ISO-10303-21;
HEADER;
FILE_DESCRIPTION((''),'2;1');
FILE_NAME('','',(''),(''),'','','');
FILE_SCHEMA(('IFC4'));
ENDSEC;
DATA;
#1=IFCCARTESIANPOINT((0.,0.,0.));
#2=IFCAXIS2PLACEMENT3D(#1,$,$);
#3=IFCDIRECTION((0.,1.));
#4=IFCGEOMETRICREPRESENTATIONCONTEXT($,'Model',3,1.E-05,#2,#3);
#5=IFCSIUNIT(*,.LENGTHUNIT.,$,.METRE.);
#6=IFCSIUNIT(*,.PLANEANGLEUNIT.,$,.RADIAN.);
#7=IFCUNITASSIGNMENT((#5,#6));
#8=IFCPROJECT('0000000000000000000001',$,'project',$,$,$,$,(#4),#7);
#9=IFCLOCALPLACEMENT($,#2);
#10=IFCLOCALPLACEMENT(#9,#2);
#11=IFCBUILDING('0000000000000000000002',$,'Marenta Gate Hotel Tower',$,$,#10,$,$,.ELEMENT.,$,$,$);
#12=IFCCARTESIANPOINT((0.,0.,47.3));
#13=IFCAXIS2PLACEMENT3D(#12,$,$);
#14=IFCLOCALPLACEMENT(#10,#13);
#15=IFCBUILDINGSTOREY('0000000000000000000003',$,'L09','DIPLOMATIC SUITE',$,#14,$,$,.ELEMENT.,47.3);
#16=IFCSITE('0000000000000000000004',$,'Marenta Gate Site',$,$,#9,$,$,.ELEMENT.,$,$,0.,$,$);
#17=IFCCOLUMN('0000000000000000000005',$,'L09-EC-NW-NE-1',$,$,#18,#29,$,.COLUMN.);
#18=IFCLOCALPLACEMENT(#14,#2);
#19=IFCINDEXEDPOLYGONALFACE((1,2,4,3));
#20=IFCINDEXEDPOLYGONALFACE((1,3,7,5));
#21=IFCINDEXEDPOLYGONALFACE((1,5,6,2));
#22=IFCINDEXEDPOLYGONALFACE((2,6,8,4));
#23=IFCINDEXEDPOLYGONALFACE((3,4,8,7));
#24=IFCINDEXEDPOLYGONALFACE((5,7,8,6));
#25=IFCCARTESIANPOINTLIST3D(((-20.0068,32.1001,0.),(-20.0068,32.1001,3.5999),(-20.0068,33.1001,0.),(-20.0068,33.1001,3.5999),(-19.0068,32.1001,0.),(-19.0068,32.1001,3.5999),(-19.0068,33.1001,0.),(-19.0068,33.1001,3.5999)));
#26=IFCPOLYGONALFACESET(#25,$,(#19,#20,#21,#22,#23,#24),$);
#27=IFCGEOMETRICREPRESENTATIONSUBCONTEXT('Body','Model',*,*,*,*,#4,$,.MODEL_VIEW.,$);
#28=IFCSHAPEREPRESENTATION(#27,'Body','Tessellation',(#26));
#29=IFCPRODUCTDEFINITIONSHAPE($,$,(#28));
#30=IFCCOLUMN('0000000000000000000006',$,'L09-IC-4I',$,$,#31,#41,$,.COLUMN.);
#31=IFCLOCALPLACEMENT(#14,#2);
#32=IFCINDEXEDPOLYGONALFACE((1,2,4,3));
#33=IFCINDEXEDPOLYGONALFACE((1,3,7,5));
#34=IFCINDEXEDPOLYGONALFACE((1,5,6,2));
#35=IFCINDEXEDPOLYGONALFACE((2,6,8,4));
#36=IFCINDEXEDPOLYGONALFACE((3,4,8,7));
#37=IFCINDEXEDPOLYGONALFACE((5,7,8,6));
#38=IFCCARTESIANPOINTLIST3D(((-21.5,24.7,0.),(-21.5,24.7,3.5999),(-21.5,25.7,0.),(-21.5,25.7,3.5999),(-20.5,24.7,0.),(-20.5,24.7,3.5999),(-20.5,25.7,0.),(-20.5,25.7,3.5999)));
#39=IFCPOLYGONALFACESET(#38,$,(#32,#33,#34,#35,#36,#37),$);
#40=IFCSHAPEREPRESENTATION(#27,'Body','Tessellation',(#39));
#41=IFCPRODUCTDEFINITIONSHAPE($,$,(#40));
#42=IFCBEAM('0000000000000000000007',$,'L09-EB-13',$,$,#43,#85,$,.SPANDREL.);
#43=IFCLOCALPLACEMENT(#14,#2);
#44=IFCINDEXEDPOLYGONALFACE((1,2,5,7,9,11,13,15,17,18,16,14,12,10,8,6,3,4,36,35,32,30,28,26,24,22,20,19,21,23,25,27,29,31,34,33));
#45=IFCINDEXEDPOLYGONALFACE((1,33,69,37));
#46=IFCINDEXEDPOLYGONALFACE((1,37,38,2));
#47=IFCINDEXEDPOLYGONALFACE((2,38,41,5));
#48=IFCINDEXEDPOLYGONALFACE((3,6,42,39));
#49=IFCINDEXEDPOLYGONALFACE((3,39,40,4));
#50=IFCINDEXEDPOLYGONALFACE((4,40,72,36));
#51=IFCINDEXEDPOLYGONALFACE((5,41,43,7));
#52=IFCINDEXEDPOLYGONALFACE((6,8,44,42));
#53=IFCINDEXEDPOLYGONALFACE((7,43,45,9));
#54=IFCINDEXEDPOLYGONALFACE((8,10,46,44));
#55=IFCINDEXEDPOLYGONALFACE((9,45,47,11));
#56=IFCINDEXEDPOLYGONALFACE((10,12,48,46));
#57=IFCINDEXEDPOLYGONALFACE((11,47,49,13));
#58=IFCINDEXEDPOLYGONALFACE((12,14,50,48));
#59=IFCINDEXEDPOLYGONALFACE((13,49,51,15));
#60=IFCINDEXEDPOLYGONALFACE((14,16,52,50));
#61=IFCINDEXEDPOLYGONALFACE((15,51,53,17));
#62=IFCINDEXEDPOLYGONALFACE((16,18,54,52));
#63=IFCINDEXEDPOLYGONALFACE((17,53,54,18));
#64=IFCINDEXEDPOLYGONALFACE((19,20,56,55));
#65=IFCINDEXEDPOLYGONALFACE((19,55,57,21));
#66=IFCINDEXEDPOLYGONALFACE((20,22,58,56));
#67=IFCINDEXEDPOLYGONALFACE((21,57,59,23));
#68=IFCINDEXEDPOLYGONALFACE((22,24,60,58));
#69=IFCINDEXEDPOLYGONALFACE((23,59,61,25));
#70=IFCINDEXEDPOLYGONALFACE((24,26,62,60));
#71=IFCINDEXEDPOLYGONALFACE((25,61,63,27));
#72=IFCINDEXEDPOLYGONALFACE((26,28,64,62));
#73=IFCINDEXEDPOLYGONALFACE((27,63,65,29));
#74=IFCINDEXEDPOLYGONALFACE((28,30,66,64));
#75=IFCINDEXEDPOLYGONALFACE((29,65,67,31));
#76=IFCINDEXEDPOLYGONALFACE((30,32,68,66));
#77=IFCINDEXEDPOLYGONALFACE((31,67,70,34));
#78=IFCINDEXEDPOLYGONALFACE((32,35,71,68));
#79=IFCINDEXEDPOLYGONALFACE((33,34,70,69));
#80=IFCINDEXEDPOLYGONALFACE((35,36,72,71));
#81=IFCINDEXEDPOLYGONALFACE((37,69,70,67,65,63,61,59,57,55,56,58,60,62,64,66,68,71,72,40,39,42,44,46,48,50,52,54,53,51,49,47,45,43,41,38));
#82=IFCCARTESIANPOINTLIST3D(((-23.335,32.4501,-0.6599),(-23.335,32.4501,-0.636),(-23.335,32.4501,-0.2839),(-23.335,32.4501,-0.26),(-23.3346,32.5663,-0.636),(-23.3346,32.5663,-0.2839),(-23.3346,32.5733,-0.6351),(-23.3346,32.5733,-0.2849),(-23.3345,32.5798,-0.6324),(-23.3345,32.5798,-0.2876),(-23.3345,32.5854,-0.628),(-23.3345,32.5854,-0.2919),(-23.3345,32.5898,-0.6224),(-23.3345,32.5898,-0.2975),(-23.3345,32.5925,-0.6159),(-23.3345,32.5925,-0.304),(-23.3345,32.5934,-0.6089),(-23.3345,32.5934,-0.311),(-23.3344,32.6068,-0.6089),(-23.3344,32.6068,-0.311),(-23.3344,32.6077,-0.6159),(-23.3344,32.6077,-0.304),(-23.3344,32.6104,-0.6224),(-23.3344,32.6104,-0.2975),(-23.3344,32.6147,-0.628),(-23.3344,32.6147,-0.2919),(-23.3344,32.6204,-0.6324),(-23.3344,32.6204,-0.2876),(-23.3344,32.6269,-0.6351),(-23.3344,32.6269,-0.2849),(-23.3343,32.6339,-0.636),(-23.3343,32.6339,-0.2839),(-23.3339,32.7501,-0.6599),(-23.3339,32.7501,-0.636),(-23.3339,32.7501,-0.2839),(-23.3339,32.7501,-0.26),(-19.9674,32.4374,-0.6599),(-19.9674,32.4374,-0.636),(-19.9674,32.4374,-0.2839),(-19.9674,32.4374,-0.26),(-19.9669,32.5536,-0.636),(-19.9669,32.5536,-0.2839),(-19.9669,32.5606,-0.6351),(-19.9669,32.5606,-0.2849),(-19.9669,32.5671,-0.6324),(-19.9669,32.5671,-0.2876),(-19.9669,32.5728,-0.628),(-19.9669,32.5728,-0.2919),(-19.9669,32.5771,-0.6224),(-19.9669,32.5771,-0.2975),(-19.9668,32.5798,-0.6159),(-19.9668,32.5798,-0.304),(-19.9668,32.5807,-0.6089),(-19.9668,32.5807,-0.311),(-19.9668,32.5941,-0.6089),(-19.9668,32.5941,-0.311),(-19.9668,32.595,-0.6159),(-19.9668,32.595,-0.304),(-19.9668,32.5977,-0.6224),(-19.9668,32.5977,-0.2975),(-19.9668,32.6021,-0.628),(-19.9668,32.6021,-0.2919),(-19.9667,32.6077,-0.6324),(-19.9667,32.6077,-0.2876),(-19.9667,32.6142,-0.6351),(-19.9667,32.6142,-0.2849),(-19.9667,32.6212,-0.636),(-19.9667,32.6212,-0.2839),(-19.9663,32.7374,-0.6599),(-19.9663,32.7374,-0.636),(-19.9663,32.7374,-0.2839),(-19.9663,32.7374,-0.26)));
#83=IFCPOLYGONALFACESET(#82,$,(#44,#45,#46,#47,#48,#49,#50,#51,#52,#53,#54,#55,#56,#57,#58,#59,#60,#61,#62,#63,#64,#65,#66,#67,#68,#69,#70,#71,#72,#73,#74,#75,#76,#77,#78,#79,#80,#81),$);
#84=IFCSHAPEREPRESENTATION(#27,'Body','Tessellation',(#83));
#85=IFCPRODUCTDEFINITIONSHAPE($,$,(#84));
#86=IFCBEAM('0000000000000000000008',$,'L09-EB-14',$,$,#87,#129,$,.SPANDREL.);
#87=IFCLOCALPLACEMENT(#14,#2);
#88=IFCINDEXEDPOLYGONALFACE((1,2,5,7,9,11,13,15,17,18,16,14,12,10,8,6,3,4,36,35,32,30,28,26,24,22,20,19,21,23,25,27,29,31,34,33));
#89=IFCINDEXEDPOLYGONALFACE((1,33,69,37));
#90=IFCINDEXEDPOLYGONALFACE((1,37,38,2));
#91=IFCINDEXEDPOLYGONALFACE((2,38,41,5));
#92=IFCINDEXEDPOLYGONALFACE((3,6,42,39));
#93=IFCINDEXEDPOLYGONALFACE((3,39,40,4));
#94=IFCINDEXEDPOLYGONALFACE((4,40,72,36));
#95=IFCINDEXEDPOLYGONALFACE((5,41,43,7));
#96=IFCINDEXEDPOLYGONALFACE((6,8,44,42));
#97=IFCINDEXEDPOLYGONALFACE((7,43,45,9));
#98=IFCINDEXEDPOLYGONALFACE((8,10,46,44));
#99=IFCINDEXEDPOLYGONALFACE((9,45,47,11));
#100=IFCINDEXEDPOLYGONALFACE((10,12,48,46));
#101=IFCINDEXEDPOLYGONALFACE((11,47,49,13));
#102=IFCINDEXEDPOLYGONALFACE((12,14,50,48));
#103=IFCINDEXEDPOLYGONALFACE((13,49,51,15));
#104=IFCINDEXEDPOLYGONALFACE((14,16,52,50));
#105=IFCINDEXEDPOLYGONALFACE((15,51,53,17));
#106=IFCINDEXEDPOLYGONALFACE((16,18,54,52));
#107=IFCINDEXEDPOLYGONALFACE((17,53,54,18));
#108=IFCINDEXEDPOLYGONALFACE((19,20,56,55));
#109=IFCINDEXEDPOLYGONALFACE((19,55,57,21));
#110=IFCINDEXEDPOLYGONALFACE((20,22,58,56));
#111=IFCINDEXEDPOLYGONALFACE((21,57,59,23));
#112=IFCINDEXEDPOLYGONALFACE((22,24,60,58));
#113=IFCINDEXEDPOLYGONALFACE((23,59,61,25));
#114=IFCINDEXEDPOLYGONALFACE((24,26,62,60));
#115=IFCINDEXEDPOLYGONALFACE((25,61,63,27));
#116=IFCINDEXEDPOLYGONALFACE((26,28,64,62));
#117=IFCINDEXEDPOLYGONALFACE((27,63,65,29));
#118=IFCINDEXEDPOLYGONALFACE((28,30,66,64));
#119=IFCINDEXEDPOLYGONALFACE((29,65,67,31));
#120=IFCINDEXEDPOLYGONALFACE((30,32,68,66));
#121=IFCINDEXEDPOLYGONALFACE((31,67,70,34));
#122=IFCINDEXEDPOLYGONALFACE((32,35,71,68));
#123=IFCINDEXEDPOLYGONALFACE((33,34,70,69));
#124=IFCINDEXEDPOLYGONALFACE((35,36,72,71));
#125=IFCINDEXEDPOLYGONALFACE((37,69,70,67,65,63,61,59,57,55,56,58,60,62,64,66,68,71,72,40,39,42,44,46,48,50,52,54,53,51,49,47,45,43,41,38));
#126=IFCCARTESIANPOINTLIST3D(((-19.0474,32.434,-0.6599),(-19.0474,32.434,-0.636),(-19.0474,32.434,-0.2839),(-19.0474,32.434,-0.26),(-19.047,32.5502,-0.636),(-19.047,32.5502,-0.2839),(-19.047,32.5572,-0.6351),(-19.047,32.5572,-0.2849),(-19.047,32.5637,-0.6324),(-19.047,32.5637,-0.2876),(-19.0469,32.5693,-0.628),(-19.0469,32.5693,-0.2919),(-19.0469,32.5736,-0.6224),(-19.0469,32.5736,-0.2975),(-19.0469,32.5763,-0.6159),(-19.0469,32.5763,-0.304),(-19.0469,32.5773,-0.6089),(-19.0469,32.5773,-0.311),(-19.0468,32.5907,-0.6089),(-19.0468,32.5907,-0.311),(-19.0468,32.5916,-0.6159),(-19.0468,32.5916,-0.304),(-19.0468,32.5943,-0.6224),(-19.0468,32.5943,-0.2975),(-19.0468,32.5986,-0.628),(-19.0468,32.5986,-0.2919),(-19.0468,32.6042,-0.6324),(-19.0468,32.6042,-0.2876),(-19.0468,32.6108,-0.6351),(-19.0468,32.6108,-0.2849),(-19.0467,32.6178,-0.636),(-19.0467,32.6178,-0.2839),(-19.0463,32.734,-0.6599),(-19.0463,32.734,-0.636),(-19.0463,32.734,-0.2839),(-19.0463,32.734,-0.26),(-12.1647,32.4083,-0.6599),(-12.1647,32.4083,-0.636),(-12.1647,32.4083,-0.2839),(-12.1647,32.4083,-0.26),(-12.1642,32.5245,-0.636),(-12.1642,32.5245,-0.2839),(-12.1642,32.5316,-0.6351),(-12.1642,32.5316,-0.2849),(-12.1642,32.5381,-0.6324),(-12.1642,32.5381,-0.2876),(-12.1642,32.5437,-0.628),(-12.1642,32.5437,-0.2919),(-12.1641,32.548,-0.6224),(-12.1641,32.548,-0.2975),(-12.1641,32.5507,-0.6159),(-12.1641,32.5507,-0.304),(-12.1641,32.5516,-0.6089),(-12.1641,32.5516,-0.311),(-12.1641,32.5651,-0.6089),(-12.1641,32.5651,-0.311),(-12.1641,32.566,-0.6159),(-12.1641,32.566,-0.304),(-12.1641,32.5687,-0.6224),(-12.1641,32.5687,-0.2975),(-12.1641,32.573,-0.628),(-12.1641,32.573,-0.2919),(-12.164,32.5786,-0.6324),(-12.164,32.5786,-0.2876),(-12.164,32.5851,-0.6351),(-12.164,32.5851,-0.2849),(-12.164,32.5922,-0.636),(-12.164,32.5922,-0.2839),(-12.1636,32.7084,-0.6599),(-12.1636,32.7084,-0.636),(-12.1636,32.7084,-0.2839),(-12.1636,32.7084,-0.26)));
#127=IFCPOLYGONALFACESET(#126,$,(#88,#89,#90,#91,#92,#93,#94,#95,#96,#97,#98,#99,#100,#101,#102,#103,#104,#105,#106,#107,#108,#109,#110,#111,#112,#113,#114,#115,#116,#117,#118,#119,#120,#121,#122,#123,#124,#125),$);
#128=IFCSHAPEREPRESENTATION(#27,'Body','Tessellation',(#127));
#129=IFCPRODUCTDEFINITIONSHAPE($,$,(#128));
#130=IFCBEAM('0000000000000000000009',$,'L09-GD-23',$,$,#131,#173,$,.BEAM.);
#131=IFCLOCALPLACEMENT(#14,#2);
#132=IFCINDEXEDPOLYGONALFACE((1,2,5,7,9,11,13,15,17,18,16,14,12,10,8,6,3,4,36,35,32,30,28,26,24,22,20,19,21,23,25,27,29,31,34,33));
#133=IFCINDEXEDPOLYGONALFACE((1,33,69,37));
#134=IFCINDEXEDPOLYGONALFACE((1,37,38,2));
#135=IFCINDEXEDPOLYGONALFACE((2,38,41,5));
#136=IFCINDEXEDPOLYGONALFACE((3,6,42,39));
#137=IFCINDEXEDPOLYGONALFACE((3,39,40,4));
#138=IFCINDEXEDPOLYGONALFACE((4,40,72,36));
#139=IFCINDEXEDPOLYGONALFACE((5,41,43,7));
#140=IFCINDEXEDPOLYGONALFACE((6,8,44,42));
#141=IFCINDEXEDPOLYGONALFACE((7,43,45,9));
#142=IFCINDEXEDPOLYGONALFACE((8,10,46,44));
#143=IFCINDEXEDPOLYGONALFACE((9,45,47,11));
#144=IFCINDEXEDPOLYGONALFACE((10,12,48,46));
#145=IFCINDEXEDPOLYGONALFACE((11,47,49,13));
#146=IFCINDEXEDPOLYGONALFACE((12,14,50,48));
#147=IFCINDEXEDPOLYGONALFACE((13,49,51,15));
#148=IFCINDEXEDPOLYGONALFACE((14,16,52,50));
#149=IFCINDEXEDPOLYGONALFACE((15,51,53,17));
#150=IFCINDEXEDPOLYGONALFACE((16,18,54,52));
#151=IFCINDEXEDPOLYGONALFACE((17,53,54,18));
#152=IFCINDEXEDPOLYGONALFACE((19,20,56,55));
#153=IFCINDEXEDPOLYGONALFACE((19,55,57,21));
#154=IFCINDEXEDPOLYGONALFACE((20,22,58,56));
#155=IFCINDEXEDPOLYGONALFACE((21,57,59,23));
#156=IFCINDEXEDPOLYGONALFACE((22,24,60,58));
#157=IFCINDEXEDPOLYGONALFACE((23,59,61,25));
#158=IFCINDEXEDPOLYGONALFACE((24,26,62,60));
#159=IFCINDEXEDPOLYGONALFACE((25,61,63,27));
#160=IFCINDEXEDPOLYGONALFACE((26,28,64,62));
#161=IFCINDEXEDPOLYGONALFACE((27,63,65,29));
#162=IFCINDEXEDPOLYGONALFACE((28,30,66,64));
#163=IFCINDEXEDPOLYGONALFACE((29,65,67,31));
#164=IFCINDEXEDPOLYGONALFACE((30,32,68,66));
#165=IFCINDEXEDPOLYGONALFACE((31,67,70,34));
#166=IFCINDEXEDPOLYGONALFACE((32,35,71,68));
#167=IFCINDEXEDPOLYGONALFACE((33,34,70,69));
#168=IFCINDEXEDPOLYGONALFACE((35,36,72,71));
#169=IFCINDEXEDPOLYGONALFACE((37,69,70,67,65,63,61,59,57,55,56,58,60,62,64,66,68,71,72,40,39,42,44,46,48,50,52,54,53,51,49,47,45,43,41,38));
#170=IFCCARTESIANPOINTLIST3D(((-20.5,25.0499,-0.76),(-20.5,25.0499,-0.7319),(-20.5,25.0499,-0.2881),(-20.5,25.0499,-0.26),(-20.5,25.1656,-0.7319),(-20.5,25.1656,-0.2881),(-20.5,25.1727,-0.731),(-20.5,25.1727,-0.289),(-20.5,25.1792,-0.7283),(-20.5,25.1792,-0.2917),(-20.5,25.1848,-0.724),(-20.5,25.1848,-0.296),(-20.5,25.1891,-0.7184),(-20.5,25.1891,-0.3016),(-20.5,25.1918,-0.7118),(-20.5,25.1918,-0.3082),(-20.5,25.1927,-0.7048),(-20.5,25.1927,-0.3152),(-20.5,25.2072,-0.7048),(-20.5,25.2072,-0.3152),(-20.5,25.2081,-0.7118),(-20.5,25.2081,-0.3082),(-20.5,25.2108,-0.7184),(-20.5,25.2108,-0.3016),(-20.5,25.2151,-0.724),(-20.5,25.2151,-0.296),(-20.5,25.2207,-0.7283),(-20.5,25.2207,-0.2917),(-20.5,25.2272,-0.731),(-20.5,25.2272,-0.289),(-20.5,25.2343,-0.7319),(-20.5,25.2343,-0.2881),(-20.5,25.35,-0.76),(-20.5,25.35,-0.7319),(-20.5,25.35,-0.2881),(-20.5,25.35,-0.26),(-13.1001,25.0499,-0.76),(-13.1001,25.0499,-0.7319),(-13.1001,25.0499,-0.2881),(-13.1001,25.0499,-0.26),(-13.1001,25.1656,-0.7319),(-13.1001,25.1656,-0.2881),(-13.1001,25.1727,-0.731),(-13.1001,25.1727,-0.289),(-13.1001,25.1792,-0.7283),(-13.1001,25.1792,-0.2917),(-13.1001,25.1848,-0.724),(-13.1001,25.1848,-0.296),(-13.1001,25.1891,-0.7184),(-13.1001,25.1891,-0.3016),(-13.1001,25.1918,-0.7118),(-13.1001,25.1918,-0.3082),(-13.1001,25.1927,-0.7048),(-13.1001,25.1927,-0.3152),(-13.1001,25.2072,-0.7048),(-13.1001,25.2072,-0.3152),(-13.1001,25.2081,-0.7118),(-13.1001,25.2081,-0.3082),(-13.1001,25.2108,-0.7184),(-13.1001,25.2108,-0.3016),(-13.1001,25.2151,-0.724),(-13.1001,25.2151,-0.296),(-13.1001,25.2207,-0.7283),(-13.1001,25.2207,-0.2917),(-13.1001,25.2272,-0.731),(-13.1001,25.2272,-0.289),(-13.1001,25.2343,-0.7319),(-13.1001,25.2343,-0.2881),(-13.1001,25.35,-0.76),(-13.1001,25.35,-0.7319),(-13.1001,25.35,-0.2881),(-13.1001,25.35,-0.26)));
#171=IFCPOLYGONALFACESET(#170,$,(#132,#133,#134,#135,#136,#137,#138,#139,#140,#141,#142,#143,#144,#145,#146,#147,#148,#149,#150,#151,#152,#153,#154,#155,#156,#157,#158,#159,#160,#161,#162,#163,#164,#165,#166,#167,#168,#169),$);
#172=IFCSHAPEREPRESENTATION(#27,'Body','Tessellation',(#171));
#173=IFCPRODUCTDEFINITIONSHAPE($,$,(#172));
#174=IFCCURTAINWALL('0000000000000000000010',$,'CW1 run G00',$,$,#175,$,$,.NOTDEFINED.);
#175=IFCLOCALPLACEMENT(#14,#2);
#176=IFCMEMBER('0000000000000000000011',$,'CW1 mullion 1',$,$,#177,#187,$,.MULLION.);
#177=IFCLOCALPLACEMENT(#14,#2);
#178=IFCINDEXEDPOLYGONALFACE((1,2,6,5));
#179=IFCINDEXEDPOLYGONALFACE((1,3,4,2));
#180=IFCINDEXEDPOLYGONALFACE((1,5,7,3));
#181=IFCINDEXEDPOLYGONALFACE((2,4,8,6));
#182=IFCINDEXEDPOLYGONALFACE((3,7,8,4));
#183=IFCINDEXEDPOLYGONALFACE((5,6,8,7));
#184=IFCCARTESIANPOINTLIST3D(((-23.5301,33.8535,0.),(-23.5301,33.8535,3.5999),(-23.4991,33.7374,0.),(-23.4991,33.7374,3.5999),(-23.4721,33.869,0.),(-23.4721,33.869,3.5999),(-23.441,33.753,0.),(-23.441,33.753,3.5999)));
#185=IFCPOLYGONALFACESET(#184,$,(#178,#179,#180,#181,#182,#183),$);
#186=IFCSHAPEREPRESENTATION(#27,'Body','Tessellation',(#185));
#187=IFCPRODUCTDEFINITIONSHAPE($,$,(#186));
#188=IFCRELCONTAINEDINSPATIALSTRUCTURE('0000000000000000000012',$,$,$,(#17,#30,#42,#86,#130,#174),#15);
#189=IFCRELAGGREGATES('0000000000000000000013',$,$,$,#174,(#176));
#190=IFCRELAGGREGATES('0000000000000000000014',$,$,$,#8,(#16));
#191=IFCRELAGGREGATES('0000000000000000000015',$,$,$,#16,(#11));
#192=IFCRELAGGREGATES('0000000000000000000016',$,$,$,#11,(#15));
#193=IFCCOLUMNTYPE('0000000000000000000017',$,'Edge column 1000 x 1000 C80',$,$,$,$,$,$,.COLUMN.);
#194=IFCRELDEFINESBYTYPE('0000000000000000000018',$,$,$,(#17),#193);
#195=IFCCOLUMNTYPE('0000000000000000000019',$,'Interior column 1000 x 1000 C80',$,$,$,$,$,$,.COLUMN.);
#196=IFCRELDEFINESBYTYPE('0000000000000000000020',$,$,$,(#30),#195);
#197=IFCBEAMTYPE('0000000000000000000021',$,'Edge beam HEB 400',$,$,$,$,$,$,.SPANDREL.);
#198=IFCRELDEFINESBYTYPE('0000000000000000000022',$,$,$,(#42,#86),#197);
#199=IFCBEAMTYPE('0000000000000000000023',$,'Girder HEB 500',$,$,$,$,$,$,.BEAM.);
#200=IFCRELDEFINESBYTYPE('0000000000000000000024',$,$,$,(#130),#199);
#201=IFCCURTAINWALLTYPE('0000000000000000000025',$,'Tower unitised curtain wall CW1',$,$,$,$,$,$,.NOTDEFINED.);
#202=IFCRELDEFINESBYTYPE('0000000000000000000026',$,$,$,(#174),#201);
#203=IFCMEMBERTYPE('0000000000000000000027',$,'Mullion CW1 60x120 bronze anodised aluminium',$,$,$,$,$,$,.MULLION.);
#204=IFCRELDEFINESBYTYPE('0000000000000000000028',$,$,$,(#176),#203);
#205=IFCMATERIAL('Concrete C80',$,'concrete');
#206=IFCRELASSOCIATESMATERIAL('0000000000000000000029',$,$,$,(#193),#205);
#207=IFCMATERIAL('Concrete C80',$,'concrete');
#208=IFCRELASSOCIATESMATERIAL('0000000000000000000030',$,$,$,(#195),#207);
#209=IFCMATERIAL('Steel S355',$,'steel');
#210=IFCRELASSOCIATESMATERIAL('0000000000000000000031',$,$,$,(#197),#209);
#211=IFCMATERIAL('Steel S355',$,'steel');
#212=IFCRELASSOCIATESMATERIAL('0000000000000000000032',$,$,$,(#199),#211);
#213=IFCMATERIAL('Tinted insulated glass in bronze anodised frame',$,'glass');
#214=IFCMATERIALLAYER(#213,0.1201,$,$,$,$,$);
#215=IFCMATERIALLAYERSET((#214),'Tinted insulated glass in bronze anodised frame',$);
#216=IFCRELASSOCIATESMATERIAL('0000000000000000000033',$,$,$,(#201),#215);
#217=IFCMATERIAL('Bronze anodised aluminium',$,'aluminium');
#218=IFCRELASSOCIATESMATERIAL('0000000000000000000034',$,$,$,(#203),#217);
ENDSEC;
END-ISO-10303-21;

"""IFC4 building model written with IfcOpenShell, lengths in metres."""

from ifc_helpers import new_model, si_unit, direction, frame, origin, origin_2d, place, context, subcontext, project, spatial, rectangle, i_section, extrude, material, layer, layer_set, material_profile, profile_set, type_object, element, aggregate, save


model = new_model("IFC4")

# Units and contexts
model_context = context("Model", 3, precision=1e-05, world=origin(), true_north=direction((0.0, 1.0)))
body_context = subcontext(model_context, "Body", "Model", "MODEL_VIEW")
ifc_project = project(units=[si_unit("LENGTHUNIT", "METRE"), si_unit("PLANEANGLEUNIT", "RADIAN")], contexts=[model_context])

# Site, building, storey
site_placement = place(None, origin())
site = spatial("IfcSite", under=ifc_project, at=site_placement, Name="Marenta Gate Site", CompositionType="ELEMENT", RefElevation=0.0)
building_placement = place(site_placement, origin())
building = spatial("IfcBuilding", under=site, at=building_placement, Name="Marenta Gate Hotel Tower", CompositionType="ELEMENT")
storey_placement = place(building_placement, frame((0.0, 0.0, 47.3)))
storey = spatial("IfcBuildingStorey", under=building, at=storey_placement, Name="L09", Description="DIPLOMATIC SUITE", CompositionType="ELEMENT", Elevation=47.3)

# Columns
ifc_material_1 = material(Name="Concrete C80", Category="concrete")
ifc_material_profile_1 = material_profile(ifc_material_1, rectangle(XDim=1.0, YDim=1.0, at=origin_2d()), Name="1000 x 1000")
ifc_profile_set_1 = profile_set([ifc_material_profile_1], Name="Concrete C80")
column_type_1 = type_object("IfcColumnType", Name="Edge column 1000 x 1000 C80", PredefinedType="COLUMN", material=ifc_profile_set_1)
column_1_placement = place(storey_placement, frame((-19.5068, 32.6001, 0.0), z_axis=(0.0, 0.0, 1.0), x_axis=(1.0, 0.0, 0.0)))
element("IfcColumn", 1, at=column_1_placement, inside=storey, type_object=column_type_1, Name="L09-EC-NW-NE-1", PredefinedType="COLUMN", context=body_context, shape_type="SweptSolid", body=[
    extrude(rectangle(XDim=1.0, YDim=1.0, at=origin_2d()), origin(), (0.0, 0.0, 1.0), 3.5999),
])
ifc_material_2 = material(Name="Concrete C80", Category="concrete")
ifc_material_profile_2 = material_profile(ifc_material_2, rectangle(XDim=1.0, YDim=1.0, at=origin_2d()), Name="1000 x 1000")
ifc_profile_set_2 = profile_set([ifc_material_profile_2], Name="Concrete C80")
column_type_2 = type_object("IfcColumnType", Name="Interior column 1000 x 1000 C80", PredefinedType="COLUMN", material=ifc_profile_set_2)
column_2_placement = place(storey_placement, frame((-21.0, 25.2, 0.0), z_axis=(0.0, 0.0, 1.0), x_axis=(1.0, 0.0, 0.0)))
element("IfcColumn", 2, at=column_2_placement, inside=storey, type_object=column_type_2, Name="L09-IC-4I", PredefinedType="COLUMN", context=body_context, shape_type="SweptSolid", body=[
    extrude(rectangle(XDim=1.0, YDim=1.0, at=origin_2d()), origin(), (0.0, 0.0, 1.0), 3.5999),
])

# Beams
ifc_material_3 = material(Name="Steel S355", Category="steel")
ifc_material_profile_3 = material_profile(ifc_material_3, i_section(OverallWidth=0.3, OverallDepth=0.3999, WebThickness=0.0134, FlangeThickness=0.0239, FilletRadius=0.0271, at=origin_2d()), Name="HEB 400")
ifc_profile_set_3 = profile_set([ifc_material_profile_3], Name="Steel S355")
beam_type_1 = type_object("IfcBeamType", Name="Edge beam HEB 400", PredefinedType="SPANDREL", material=ifc_profile_set_3)
beam_1_placement = place(storey_placement, frame((-23.3345, 32.6001, -0.46), z_axis=(0.999993, -0.00377, 0.0), x_axis=(0.00377, 0.999993, 0.0)))
element("IfcBeam", 3, at=beam_1_placement, inside=storey, type_object=beam_type_1, Name="L09-EB-13", PredefinedType="SPANDREL", context=body_context, shape_type="SweptSolid", body=[
    extrude(i_section(OverallWidth=0.3, OverallDepth=0.3999, WebThickness=0.0134, FlangeThickness=0.0239, FilletRadius=0.0271, at=origin_2d()), origin(), (0.0, 0.0, 1.0), 3.3677),
])
beam_2_placement = place(storey_placement, frame((-19.0469, 32.584, -0.46), z_axis=(0.999993, -0.003724, 0.0), x_axis=(0.003724, 0.999993, 0.0)))
element("IfcBeam", 4, at=beam_2_placement, inside=storey, type_object=beam_type_1, Name="L09-EB-14", PredefinedType="SPANDREL", context=body_context, shape_type="SweptSolid", body=[
    extrude(i_section(OverallWidth=0.3, OverallDepth=0.3999, WebThickness=0.0134, FlangeThickness=0.0239, FilletRadius=0.0271, at=origin_2d()), origin(), (0.0, 0.0, 1.0), 6.8828),
])
ifc_material_4 = material(Name="Steel S355", Category="steel")
ifc_material_profile_4 = material_profile(ifc_material_4, i_section(OverallWidth=0.3, OverallDepth=0.5, WebThickness=0.0144, FlangeThickness=0.0281, FilletRadius=0.0271, at=origin_2d()), Name="HEB 500")
ifc_profile_set_4 = profile_set([ifc_material_profile_4], Name="Steel S355")
beam_type_2 = type_object("IfcBeamType", Name="Girder HEB 500", PredefinedType="BEAM", material=ifc_profile_set_4)
beam_3_placement = place(storey_placement, frame((-20.5, 25.2, -0.51), z_axis=(1.0, 0.0, 0.0), x_axis=(0.0, 1.0, 0.0)))
element("IfcBeam", 5, at=beam_3_placement, inside=storey, type_object=beam_type_2, Name="L09-GD-23", PredefinedType="BEAM", context=body_context, shape_type="SweptSolid", body=[
    extrude(i_section(OverallWidth=0.3, OverallDepth=0.5, WebThickness=0.0144, FlangeThickness=0.0281, FilletRadius=0.0271, at=origin_2d()), origin(), (0.0, 0.0, 1.0), 7.3999),
])

# Curtain wall, member
ifc_material_5 = material(Name="Tinted insulated glass in bronze anodised frame", Category="glass")
ifc_layer_1 = layer(ifc_material_5, 0.1201)
ifc_layer_set_1 = layer_set([ifc_layer_1], Name="Tinted insulated glass in bronze anodised frame")
curtain_wall_type = type_object("IfcCurtainWallType", Name="Tower unitised curtain wall CW1", PredefinedType="NOTDEFINED", material=ifc_layer_set_1)
curtain_wall_placement = place(storey_placement, origin())
curtain_wall = element("IfcCurtainWall", 6, at=curtain_wall_placement, inside=storey, type_object=curtain_wall_type, Name="CW1 run G00", PredefinedType="NOTDEFINED")
ifc_material_6 = material(Name="Bronze anodised aluminium", Category="aluminium")
ifc_material_profile_5 = material_profile(ifc_material_6, rectangle(XDim=0.1201, YDim=0.0601, at=origin_2d()), Name="Mullion CW1 60x120 bronze anodised aluminium")
ifc_profile_set_5 = profile_set([ifc_material_profile_5], Name="Bronze anodised aluminium")
member_type = type_object("IfcMemberType", Name="Mullion CW1 60x120 bronze anodised aluminium", PredefinedType="MULLION", material=ifc_profile_set_5)
member_placement = place(storey_placement, frame((-23.4856, 33.8032, 0.0), z_axis=(0.0, 0.0, 1.0), x_axis=(0.258802, -0.96593, 0.0)))
member = element("IfcMember", 7, at=member_placement, type_object=member_type, Name="CW1 mullion 1", PredefinedType="MULLION", context=body_context, shape_type="SweptSolid", body=[
    extrude(rectangle(XDim=0.1201, YDim=0.0601, at=origin_2d()), origin(), (0.0, 0.0, 1.0), 3.5999),
])
aggregate(curtain_wall, [member])

save(model, "model.ifc")
